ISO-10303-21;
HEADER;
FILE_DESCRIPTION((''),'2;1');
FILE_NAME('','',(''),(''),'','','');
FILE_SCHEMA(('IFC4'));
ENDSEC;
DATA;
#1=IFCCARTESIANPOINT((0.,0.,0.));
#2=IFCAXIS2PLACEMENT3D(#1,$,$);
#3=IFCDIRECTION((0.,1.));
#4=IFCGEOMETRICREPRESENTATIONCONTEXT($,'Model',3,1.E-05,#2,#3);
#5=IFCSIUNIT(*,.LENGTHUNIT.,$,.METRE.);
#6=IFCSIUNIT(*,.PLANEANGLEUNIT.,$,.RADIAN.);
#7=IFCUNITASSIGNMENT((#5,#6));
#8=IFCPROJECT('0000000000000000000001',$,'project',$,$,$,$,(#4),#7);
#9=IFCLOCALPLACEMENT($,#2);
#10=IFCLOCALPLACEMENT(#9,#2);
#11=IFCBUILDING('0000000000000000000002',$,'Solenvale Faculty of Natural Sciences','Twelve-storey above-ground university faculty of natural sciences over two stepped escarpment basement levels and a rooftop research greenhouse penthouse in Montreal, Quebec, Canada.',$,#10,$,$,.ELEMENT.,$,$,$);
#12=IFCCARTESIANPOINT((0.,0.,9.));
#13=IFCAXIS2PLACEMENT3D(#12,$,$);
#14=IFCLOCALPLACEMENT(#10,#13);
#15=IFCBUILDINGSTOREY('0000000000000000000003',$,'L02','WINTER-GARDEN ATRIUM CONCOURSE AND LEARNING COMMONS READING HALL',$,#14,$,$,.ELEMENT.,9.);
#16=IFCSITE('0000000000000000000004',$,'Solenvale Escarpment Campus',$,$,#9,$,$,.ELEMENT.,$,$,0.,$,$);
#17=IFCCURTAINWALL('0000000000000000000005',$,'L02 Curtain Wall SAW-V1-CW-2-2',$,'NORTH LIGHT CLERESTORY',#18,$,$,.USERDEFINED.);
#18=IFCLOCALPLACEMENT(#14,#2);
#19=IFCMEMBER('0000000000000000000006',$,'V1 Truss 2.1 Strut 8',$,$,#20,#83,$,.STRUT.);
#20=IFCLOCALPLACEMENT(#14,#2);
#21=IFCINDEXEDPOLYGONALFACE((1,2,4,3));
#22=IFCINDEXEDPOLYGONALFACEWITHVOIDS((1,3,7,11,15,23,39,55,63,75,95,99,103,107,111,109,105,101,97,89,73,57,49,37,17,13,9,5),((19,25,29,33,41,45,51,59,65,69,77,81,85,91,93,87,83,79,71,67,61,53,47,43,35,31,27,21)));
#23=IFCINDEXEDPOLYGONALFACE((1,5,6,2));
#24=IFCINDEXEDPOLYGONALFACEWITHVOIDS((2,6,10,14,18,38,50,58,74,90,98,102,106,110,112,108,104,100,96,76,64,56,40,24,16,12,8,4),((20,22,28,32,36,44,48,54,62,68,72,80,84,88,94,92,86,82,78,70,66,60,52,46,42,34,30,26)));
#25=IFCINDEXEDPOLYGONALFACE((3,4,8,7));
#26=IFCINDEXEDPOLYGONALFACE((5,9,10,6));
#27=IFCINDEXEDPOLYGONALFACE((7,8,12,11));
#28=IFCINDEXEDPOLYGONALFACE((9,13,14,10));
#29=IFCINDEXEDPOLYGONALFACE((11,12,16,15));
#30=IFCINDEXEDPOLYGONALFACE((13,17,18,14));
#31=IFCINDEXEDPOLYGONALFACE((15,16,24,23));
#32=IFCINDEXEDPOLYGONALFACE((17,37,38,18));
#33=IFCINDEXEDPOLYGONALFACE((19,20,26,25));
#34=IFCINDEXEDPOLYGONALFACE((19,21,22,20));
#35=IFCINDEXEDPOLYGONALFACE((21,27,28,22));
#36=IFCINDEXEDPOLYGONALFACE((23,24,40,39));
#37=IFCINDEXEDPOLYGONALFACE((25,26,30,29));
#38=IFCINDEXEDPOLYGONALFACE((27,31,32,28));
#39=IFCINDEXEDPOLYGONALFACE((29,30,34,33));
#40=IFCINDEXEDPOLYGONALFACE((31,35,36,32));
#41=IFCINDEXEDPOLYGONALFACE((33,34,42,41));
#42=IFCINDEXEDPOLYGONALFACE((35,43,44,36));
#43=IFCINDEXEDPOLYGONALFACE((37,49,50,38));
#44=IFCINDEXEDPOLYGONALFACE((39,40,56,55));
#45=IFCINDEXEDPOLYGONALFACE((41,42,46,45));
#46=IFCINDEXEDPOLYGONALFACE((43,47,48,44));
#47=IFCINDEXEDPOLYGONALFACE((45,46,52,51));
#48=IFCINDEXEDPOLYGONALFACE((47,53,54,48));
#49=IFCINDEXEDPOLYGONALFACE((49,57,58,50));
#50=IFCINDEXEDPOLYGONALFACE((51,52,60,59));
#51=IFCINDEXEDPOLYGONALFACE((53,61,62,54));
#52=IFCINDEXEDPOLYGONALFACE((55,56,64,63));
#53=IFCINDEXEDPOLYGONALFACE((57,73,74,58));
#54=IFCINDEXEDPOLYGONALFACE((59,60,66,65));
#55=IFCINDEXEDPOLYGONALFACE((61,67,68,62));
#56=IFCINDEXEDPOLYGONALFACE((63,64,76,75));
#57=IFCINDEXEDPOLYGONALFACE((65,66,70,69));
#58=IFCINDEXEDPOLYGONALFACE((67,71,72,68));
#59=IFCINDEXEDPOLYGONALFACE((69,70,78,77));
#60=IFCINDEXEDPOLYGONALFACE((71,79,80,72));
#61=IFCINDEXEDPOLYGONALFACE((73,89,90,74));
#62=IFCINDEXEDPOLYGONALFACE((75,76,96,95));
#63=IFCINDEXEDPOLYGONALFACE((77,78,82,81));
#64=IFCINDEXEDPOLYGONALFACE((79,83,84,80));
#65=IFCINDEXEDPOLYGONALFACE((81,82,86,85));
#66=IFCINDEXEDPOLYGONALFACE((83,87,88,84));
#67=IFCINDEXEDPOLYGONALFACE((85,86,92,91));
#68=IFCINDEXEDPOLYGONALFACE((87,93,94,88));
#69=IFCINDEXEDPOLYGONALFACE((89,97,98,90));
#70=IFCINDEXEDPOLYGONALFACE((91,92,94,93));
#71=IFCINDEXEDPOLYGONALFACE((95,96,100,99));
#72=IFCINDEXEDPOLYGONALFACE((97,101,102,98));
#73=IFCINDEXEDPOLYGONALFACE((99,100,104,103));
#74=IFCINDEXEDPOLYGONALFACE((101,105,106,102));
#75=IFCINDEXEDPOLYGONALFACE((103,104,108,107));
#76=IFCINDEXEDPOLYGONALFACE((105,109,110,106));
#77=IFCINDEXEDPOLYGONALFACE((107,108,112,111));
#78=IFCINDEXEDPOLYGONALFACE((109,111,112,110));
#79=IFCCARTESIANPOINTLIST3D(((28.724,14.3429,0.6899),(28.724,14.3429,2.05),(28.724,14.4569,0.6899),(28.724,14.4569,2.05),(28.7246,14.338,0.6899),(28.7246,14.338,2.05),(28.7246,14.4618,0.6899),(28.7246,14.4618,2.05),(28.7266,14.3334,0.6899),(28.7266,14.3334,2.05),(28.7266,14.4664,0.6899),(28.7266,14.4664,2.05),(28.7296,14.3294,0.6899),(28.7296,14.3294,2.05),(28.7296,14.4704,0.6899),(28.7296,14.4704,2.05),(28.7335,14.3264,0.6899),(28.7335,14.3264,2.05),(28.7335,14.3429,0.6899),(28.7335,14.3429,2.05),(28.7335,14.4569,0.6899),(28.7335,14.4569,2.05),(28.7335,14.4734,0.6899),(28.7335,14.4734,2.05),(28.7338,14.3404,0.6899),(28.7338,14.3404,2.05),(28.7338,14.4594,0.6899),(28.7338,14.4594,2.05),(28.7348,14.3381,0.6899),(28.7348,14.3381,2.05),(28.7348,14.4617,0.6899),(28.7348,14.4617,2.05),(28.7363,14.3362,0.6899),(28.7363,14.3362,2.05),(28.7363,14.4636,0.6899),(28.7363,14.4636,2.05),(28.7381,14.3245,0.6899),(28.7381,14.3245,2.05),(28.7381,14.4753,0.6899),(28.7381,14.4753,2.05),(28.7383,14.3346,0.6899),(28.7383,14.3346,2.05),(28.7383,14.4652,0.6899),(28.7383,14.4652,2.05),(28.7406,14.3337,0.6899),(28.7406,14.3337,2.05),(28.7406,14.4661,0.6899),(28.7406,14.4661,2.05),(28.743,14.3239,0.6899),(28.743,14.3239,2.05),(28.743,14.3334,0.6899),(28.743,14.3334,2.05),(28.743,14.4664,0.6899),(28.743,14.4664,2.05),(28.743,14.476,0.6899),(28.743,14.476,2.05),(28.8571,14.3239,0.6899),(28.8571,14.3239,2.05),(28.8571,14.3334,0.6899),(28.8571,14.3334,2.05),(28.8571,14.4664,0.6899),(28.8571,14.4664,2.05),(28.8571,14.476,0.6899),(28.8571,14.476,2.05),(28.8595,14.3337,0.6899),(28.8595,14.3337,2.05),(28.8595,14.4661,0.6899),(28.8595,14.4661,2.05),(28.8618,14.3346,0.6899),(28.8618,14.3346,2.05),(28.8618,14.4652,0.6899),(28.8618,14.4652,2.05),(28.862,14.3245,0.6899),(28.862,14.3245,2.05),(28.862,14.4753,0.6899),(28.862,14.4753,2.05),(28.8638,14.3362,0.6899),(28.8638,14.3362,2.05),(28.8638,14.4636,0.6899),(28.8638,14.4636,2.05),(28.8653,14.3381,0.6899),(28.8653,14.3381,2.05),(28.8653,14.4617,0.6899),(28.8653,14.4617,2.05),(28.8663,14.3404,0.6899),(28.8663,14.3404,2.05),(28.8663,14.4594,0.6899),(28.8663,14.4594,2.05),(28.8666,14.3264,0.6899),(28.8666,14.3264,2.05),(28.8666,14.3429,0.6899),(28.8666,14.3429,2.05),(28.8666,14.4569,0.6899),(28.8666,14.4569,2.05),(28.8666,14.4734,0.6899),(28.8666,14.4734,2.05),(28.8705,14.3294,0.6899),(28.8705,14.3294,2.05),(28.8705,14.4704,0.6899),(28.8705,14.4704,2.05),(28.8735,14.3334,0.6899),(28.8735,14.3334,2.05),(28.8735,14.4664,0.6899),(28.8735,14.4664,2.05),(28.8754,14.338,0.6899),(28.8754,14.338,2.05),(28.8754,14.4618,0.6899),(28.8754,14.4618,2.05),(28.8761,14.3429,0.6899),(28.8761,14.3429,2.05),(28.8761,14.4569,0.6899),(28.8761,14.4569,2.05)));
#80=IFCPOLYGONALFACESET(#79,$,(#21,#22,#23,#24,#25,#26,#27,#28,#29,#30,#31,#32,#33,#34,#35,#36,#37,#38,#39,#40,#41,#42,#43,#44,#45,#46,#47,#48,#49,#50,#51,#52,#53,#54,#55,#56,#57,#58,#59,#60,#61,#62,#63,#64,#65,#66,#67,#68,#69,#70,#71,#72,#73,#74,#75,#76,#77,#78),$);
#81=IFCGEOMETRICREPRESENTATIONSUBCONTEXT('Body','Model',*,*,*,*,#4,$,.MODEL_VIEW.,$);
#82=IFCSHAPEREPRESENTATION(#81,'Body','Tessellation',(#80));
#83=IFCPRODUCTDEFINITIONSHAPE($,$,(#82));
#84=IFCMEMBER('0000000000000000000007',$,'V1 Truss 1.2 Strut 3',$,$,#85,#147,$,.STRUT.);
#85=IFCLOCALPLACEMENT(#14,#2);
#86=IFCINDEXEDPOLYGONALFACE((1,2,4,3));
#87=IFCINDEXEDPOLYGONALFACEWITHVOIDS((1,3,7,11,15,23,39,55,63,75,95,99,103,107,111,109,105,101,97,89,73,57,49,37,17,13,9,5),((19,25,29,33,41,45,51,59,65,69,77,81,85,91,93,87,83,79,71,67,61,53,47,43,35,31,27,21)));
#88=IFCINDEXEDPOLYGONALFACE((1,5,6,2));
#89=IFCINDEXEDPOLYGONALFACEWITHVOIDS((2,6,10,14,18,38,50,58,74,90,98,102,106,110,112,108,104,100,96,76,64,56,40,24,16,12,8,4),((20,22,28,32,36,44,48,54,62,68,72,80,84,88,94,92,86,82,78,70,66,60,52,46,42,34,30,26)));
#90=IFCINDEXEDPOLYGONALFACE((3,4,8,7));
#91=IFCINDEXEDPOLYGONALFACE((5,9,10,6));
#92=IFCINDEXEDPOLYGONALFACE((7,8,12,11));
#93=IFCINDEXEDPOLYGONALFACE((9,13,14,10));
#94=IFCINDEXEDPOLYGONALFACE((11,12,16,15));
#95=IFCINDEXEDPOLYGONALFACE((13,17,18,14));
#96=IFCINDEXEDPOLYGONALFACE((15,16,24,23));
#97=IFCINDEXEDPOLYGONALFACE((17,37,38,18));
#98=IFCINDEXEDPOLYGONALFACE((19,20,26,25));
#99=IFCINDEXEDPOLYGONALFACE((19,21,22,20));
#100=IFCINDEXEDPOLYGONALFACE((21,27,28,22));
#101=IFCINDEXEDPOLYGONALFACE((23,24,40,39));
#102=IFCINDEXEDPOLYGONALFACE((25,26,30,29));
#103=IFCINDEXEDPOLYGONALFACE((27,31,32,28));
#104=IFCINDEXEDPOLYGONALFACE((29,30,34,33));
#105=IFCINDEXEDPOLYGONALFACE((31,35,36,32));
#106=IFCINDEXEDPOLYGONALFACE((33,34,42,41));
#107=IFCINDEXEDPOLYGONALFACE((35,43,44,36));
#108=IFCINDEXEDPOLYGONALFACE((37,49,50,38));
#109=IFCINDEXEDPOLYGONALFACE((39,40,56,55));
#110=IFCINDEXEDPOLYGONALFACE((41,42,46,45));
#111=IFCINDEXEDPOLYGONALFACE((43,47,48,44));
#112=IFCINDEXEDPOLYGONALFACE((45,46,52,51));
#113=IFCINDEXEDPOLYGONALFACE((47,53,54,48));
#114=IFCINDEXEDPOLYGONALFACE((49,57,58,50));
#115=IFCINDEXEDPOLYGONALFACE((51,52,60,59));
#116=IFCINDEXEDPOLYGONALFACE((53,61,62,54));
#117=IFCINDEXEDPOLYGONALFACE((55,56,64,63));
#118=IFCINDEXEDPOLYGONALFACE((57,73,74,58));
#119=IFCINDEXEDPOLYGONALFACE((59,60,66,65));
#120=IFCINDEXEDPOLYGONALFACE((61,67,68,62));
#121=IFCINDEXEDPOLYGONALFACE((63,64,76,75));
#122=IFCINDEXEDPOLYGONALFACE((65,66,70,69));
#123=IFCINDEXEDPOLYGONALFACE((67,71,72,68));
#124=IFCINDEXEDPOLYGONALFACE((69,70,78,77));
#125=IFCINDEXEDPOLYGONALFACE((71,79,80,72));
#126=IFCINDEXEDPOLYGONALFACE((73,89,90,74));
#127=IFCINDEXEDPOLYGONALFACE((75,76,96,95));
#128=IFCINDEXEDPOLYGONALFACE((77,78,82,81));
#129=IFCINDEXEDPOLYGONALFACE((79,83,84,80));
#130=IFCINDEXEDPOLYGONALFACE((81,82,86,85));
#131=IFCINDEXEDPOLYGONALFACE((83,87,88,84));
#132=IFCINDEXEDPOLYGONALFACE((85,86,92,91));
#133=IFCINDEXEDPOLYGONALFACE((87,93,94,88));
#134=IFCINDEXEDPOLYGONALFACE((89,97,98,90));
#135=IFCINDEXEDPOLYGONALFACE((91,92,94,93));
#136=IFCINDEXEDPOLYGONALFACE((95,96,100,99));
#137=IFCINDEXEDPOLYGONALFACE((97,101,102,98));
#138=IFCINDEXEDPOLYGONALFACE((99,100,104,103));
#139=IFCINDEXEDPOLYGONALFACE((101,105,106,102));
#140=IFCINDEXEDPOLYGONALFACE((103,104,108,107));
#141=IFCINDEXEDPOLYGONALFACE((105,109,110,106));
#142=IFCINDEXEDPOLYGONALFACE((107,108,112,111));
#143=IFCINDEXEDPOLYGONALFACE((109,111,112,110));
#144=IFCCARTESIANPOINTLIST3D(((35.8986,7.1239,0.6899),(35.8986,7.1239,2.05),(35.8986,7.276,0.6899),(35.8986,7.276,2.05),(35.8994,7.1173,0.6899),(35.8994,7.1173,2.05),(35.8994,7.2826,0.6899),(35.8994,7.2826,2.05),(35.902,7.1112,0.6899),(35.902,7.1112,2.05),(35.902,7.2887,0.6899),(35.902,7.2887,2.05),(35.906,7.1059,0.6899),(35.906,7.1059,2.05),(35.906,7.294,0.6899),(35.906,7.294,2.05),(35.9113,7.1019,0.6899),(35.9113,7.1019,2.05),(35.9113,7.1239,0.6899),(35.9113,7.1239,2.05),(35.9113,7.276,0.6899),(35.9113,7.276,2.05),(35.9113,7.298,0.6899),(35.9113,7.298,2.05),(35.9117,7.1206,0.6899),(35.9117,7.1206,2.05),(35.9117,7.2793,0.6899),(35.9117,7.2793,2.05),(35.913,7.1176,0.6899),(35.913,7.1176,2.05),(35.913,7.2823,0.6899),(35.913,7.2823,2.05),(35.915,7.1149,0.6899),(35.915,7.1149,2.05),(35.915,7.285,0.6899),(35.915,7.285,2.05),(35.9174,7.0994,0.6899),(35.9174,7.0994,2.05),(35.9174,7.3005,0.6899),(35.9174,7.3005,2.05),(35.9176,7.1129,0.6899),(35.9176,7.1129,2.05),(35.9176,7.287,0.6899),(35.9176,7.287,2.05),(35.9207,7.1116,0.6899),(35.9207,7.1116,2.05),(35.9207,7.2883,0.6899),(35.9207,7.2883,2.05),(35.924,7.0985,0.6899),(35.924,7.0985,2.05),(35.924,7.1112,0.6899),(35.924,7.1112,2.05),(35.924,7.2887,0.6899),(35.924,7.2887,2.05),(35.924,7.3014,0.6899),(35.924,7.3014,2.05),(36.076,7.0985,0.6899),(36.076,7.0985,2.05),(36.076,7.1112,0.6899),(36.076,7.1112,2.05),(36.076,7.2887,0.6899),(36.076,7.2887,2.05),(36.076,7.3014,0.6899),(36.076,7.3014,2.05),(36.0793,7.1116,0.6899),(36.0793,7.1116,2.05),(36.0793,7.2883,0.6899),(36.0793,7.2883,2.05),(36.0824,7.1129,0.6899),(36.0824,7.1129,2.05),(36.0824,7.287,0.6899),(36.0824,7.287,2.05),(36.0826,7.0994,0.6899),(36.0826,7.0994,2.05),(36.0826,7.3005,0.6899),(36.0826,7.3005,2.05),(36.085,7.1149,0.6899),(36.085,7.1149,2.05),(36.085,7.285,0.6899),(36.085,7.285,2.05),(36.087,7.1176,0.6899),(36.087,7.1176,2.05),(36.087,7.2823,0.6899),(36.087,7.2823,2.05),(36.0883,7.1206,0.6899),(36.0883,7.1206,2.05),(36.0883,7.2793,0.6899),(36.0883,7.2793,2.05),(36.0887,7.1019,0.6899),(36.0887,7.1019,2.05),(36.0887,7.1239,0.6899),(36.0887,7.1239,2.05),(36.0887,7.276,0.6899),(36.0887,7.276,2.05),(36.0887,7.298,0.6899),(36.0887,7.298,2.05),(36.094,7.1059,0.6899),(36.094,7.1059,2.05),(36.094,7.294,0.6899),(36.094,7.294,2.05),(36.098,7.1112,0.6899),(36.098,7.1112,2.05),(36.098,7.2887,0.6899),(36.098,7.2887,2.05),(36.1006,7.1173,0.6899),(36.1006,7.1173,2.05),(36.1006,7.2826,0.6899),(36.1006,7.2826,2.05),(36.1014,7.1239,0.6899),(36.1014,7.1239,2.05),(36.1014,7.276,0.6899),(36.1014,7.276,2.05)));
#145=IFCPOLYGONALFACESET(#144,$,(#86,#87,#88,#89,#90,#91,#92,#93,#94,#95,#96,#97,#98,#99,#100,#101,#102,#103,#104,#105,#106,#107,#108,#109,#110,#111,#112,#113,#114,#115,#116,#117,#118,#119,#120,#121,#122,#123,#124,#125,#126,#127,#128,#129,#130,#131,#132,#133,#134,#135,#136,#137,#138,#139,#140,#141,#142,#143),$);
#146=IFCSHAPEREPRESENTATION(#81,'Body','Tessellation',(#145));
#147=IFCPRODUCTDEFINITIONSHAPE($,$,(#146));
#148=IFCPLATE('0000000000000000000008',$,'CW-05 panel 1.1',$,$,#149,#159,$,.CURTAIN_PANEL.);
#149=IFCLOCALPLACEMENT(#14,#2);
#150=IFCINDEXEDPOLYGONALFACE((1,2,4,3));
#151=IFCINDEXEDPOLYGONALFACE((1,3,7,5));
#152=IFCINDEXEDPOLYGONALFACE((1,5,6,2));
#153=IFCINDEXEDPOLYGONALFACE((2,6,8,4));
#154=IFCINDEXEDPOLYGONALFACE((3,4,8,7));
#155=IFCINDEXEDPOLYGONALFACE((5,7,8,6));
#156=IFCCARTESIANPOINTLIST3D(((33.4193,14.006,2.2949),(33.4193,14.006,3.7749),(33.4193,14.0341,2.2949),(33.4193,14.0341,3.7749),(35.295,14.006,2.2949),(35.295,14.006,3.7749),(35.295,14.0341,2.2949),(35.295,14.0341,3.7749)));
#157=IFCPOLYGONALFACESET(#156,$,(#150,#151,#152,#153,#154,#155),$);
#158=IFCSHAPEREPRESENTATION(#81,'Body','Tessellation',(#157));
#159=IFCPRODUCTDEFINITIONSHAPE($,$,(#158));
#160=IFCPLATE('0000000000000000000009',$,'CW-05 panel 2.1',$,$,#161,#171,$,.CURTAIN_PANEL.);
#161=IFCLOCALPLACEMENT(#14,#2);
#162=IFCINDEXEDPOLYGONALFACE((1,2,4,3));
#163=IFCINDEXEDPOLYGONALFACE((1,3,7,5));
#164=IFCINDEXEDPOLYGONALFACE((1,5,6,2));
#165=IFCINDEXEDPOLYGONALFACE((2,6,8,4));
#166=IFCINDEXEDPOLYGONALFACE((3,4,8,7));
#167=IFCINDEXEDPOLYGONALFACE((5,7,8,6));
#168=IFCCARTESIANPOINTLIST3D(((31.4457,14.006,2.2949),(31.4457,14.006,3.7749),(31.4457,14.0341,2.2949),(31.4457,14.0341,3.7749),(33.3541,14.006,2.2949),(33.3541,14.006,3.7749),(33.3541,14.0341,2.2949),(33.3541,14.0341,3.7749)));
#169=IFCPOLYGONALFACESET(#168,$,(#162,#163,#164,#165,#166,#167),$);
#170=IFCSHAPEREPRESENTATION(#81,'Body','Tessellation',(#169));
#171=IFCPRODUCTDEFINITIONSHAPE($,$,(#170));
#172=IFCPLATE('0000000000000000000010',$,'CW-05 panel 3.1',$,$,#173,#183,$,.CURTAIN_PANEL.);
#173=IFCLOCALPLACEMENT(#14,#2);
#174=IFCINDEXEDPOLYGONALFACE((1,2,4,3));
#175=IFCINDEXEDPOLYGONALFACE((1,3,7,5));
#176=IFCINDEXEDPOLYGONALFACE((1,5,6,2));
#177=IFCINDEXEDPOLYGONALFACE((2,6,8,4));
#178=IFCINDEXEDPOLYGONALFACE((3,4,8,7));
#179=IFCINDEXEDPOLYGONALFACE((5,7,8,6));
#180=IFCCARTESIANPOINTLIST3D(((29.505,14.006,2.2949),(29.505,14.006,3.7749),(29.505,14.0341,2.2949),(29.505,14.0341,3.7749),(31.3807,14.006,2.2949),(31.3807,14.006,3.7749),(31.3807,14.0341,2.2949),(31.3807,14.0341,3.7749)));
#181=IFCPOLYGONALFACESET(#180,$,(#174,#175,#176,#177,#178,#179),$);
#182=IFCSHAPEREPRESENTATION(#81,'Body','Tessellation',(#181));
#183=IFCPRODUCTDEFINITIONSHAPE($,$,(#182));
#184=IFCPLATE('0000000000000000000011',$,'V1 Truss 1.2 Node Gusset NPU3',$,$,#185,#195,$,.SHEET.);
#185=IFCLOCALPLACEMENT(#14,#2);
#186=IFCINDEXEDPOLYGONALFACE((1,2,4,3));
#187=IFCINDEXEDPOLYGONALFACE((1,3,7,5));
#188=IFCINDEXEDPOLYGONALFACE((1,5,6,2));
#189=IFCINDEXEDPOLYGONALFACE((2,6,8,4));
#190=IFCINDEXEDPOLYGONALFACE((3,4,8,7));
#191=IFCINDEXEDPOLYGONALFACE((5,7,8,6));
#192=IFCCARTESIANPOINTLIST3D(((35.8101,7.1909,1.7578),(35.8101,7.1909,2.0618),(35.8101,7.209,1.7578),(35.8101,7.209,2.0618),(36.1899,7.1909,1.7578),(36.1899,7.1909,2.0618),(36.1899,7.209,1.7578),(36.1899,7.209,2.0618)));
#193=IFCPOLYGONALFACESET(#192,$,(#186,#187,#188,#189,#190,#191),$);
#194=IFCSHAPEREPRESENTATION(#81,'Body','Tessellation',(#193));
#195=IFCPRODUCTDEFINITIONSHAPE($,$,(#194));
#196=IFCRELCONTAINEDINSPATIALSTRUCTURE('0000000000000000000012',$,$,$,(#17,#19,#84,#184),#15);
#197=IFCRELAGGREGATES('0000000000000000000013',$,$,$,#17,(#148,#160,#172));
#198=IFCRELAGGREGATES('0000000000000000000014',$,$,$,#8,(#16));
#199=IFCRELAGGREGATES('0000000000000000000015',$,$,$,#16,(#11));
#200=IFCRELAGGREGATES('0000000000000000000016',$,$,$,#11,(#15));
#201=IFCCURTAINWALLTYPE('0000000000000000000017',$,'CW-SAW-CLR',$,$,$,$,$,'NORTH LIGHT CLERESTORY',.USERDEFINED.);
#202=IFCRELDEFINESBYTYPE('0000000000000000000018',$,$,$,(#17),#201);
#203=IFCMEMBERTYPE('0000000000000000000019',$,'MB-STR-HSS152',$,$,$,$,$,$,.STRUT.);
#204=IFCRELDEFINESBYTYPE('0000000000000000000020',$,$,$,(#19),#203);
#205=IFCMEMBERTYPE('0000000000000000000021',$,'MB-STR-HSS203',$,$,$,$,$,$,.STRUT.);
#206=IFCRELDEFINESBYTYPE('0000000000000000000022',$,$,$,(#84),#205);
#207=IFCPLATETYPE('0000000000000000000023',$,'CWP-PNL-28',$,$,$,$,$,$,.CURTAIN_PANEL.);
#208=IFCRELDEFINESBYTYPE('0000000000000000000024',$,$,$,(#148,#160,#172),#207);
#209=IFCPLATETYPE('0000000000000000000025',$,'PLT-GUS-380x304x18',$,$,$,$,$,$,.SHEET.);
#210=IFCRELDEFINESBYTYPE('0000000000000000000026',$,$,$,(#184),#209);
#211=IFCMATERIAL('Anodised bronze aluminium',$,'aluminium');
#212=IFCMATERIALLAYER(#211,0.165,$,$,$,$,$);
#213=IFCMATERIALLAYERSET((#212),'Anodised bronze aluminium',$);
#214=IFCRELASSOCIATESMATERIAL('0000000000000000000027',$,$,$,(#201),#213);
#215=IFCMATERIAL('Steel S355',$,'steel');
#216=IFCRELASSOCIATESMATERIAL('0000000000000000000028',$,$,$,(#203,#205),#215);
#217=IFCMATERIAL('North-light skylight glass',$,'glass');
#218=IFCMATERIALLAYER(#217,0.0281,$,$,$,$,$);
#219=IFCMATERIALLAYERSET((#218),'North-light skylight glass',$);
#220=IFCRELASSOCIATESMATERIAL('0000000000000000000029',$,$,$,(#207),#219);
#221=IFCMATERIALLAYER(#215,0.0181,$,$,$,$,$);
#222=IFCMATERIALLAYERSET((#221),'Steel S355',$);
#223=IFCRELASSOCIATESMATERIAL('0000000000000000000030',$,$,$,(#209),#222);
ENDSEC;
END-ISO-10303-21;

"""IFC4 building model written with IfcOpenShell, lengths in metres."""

from ifc_helpers import new_model, si_unit, direction, frame, origin, origin_2d, place, context, subcontext, project, spatial, rectangle, hollow_rectangle, extrude, material, layer, layer_set, material_profile, profile_set, type_object, element, aggregate, save


model = new_model("IFC4")

# Units and contexts
model_context = context("Model", 3, precision=1e-05, world=origin(), true_north=direction((0.0, 1.0)))
body_context = subcontext(model_context, "Body", "Model", "MODEL_VIEW")
ifc_project = project(units=[si_unit("LENGTHUNIT", "METRE"), si_unit("PLANEANGLEUNIT", "RADIAN")], contexts=[model_context])

# Site, building, storey
site_placement = place(None, origin())
site = spatial("IfcSite", under=ifc_project, at=site_placement, Name="Solenvale Escarpment Campus", CompositionType="ELEMENT", RefElevation=0.0)
building_placement = place(site_placement, origin())
building = spatial("IfcBuilding", under=site, at=building_placement, Name="Solenvale Faculty of Natural Sciences", Description="Twelve-storey above-ground university faculty of natural sciences over two stepped escarpment basement levels and a rooftop research greenhouse penthouse in Montreal, Quebec, Canada.", CompositionType="ELEMENT")
storey_placement = place(building_placement, frame((0.0, 0.0, 9.0)))
storey = spatial("IfcBuildingStorey", under=building, at=storey_placement, Name="L02", Description="WINTER-GARDEN ATRIUM CONCOURSE AND LEARNING COMMONS READING HALL", CompositionType="ELEMENT", Elevation=9.0)

# Shared definitions
ifc_material_1 = material(Name="Steel S355", Category="steel")

# Curtain wall
ifc_material_2 = material(Name="Anodised bronze aluminium", Category="aluminium")
ifc_layer_1 = layer(ifc_material_2, 0.165)
ifc_layer_set_1 = layer_set([ifc_layer_1], Name="Anodised bronze aluminium")
curtain_wall_type = type_object("IfcCurtainWallType", Name="CW-SAW-CLR", ElementType="NORTH LIGHT CLERESTORY", PredefinedType="USERDEFINED", material=ifc_layer_set_1)
curtain_wall_placement = place(storey_placement, origin())
curtain_wall = element("IfcCurtainWall", 1, at=curtain_wall_placement, inside=storey, type_object=curtain_wall_type, Name="L02 Curtain Wall SAW-V1-CW-2-2", ObjectType="NORTH LIGHT CLERESTORY", PredefinedType="USERDEFINED")

# Members
ifc_material_profile_1 = material_profile(ifc_material_1, hollow_rectangle(XDim=0.1521, YDim=0.1521, WallThickness=0.0095, InnerFilletRadius=0.0095, OuterFilletRadius=0.019, at=origin_2d()), Name="HSS152x152x9.5")
ifc_profile_set_1 = profile_set([ifc_material_profile_1], Name="Steel S355")
member_type_1 = type_object("IfcMemberType", Name="MB-STR-HSS152", PredefinedType="STRUT", material=ifc_profile_set_1)
member_1_placement = place(storey_placement, frame((28.8, 14.3999, 0.6899), z_axis=(0.0, 0.0, 1.0), x_axis=(1.0, 0.0, 0.0)))
element("IfcMember", 2, at=member_1_placement, inside=storey, type_object=member_type_1, Name="V1 Truss 2.1 Strut 8", PredefinedType="STRUT", context=body_context, shape_type="SweptSolid", body=[
    extrude(hollow_rectangle(XDim=0.1521, YDim=0.1521, WallThickness=0.0095, InnerFilletRadius=0.0095, OuterFilletRadius=0.019, at=origin_2d()), origin(), (0.0, 0.0, 1.0), 1.3601),
])
ifc_material_profile_2 = material_profile(ifc_material_1, hollow_rectangle(XDim=0.2029, YDim=0.2029, WallThickness=0.0127, InnerFilletRadius=0.0127, OuterFilletRadius=0.0254, at=origin_2d()), Name="HSS203x203x13")
ifc_profile_set_2 = profile_set([ifc_material_profile_2], Name="Steel S355")
member_type_2 = type_object("IfcMemberType", Name="MB-STR-HSS203", PredefinedType="STRUT", material=ifc_profile_set_2)
member_2_placement = place(storey_placement, frame((36.0, 7.2, 0.6899), z_axis=(0.0, 0.0, 1.0), x_axis=(1.0, 0.0, 0.0)))
element("IfcMember", 3, at=member_2_placement, inside=storey, type_object=member_type_2, Name="V1 Truss 1.2 Strut 3", PredefinedType="STRUT", context=body_context, shape_type="SweptSolid", body=[
    extrude(hollow_rectangle(XDim=0.2029, YDim=0.2029, WallThickness=0.0127, InnerFilletRadius=0.0127, OuterFilletRadius=0.0254, at=origin_2d()), origin(), (0.0, 0.0, 1.0), 1.3601),
])

# Plates
ifc_material_3 = material(Name="North-light skylight glass", Category="glass")
ifc_layer_2 = layer(ifc_material_3, 0.0281)
ifc_layer_set_2 = layer_set([ifc_layer_2], Name="North-light skylight glass")
plate_type_1 = type_object("IfcPlateType", Name="CWP-PNL-28", PredefinedType="CURTAIN_PANEL", material=ifc_layer_set_2)
plate_1_placement = place(storey_placement, frame((34.3572, 14.02, 2.2949), z_axis=(0.0, 0.0, 1.0), x_axis=(-1.0, 0.0, 0.0)))
plate_1 = element("IfcPlate", 4, at=plate_1_placement, type_object=plate_type_1, Name="CW-05 panel 1.1", PredefinedType="CURTAIN_PANEL", context=body_context, shape_type="SweptSolid", body=[
    extrude(rectangle(XDim=1.8757, YDim=0.0281, at=origin_2d()), origin(), (0.0, 0.0, 1.0), 1.48),
])
plate_2_placement = place(storey_placement, frame((32.3999, 14.02, 2.2949), z_axis=(0.0, 0.0, 1.0), x_axis=(-1.0, 0.0, 0.0)))
plate_2 = element("IfcPlate", 5, at=plate_2_placement, type_object=plate_type_1, Name="CW-05 panel 2.1", PredefinedType="CURTAIN_PANEL", context=body_context, shape_type="SweptSolid", body=[
    extrude(rectangle(XDim=1.9084, YDim=0.0281, at=origin_2d()), origin(), (0.0, 0.0, 1.0), 1.48),
])
plate_3_placement = place(storey_placement, frame((30.4429, 14.02, 2.2949), z_axis=(0.0, 0.0, 1.0), x_axis=(-1.0, 0.0, 0.0)))
plate_3 = element("IfcPlate", 6, at=plate_3_placement, type_object=plate_type_1, Name="CW-05 panel 3.1", PredefinedType="CURTAIN_PANEL", context=body_context, shape_type="SweptSolid", body=[
    extrude(rectangle(XDim=1.8757, YDim=0.0281, at=origin_2d()), origin(), (0.0, 0.0, 1.0), 1.48),
])
aggregate(curtain_wall, [plate_1, plate_2, plate_3])

# Plate
ifc_layer_3 = layer(ifc_material_1, 0.0181)
ifc_layer_set_3 = layer_set([ifc_layer_3], Name="Steel S355")
plate_type_2 = type_object("IfcPlateType", Name="PLT-GUS-380x304x18", PredefinedType="SHEET", material=ifc_layer_set_3)
for number, where, z_axis, x_axis, name in (
    (7, (36.0, 7.2, 1.7578), (0.0, 0.0, 1.0), (1.0, 0.0, 0.0), "V1 Truss 1.2 Node Gusset NPU3"),
):
    element("IfcPlate", number, at=place(storey_placement, frame(where, z_axis=z_axis, x_axis=x_axis)), inside=storey, type_object=plate_type_2, Name=name, PredefinedType="SHEET", context=body_context, shape_type="SweptSolid", body=[
        extrude(rectangle(XDim=0.3799, YDim=0.0181, at=origin_2d()), origin(), (0.0, 0.0, 1.0), 0.304),
    ])

save(model, "model.ifc")
